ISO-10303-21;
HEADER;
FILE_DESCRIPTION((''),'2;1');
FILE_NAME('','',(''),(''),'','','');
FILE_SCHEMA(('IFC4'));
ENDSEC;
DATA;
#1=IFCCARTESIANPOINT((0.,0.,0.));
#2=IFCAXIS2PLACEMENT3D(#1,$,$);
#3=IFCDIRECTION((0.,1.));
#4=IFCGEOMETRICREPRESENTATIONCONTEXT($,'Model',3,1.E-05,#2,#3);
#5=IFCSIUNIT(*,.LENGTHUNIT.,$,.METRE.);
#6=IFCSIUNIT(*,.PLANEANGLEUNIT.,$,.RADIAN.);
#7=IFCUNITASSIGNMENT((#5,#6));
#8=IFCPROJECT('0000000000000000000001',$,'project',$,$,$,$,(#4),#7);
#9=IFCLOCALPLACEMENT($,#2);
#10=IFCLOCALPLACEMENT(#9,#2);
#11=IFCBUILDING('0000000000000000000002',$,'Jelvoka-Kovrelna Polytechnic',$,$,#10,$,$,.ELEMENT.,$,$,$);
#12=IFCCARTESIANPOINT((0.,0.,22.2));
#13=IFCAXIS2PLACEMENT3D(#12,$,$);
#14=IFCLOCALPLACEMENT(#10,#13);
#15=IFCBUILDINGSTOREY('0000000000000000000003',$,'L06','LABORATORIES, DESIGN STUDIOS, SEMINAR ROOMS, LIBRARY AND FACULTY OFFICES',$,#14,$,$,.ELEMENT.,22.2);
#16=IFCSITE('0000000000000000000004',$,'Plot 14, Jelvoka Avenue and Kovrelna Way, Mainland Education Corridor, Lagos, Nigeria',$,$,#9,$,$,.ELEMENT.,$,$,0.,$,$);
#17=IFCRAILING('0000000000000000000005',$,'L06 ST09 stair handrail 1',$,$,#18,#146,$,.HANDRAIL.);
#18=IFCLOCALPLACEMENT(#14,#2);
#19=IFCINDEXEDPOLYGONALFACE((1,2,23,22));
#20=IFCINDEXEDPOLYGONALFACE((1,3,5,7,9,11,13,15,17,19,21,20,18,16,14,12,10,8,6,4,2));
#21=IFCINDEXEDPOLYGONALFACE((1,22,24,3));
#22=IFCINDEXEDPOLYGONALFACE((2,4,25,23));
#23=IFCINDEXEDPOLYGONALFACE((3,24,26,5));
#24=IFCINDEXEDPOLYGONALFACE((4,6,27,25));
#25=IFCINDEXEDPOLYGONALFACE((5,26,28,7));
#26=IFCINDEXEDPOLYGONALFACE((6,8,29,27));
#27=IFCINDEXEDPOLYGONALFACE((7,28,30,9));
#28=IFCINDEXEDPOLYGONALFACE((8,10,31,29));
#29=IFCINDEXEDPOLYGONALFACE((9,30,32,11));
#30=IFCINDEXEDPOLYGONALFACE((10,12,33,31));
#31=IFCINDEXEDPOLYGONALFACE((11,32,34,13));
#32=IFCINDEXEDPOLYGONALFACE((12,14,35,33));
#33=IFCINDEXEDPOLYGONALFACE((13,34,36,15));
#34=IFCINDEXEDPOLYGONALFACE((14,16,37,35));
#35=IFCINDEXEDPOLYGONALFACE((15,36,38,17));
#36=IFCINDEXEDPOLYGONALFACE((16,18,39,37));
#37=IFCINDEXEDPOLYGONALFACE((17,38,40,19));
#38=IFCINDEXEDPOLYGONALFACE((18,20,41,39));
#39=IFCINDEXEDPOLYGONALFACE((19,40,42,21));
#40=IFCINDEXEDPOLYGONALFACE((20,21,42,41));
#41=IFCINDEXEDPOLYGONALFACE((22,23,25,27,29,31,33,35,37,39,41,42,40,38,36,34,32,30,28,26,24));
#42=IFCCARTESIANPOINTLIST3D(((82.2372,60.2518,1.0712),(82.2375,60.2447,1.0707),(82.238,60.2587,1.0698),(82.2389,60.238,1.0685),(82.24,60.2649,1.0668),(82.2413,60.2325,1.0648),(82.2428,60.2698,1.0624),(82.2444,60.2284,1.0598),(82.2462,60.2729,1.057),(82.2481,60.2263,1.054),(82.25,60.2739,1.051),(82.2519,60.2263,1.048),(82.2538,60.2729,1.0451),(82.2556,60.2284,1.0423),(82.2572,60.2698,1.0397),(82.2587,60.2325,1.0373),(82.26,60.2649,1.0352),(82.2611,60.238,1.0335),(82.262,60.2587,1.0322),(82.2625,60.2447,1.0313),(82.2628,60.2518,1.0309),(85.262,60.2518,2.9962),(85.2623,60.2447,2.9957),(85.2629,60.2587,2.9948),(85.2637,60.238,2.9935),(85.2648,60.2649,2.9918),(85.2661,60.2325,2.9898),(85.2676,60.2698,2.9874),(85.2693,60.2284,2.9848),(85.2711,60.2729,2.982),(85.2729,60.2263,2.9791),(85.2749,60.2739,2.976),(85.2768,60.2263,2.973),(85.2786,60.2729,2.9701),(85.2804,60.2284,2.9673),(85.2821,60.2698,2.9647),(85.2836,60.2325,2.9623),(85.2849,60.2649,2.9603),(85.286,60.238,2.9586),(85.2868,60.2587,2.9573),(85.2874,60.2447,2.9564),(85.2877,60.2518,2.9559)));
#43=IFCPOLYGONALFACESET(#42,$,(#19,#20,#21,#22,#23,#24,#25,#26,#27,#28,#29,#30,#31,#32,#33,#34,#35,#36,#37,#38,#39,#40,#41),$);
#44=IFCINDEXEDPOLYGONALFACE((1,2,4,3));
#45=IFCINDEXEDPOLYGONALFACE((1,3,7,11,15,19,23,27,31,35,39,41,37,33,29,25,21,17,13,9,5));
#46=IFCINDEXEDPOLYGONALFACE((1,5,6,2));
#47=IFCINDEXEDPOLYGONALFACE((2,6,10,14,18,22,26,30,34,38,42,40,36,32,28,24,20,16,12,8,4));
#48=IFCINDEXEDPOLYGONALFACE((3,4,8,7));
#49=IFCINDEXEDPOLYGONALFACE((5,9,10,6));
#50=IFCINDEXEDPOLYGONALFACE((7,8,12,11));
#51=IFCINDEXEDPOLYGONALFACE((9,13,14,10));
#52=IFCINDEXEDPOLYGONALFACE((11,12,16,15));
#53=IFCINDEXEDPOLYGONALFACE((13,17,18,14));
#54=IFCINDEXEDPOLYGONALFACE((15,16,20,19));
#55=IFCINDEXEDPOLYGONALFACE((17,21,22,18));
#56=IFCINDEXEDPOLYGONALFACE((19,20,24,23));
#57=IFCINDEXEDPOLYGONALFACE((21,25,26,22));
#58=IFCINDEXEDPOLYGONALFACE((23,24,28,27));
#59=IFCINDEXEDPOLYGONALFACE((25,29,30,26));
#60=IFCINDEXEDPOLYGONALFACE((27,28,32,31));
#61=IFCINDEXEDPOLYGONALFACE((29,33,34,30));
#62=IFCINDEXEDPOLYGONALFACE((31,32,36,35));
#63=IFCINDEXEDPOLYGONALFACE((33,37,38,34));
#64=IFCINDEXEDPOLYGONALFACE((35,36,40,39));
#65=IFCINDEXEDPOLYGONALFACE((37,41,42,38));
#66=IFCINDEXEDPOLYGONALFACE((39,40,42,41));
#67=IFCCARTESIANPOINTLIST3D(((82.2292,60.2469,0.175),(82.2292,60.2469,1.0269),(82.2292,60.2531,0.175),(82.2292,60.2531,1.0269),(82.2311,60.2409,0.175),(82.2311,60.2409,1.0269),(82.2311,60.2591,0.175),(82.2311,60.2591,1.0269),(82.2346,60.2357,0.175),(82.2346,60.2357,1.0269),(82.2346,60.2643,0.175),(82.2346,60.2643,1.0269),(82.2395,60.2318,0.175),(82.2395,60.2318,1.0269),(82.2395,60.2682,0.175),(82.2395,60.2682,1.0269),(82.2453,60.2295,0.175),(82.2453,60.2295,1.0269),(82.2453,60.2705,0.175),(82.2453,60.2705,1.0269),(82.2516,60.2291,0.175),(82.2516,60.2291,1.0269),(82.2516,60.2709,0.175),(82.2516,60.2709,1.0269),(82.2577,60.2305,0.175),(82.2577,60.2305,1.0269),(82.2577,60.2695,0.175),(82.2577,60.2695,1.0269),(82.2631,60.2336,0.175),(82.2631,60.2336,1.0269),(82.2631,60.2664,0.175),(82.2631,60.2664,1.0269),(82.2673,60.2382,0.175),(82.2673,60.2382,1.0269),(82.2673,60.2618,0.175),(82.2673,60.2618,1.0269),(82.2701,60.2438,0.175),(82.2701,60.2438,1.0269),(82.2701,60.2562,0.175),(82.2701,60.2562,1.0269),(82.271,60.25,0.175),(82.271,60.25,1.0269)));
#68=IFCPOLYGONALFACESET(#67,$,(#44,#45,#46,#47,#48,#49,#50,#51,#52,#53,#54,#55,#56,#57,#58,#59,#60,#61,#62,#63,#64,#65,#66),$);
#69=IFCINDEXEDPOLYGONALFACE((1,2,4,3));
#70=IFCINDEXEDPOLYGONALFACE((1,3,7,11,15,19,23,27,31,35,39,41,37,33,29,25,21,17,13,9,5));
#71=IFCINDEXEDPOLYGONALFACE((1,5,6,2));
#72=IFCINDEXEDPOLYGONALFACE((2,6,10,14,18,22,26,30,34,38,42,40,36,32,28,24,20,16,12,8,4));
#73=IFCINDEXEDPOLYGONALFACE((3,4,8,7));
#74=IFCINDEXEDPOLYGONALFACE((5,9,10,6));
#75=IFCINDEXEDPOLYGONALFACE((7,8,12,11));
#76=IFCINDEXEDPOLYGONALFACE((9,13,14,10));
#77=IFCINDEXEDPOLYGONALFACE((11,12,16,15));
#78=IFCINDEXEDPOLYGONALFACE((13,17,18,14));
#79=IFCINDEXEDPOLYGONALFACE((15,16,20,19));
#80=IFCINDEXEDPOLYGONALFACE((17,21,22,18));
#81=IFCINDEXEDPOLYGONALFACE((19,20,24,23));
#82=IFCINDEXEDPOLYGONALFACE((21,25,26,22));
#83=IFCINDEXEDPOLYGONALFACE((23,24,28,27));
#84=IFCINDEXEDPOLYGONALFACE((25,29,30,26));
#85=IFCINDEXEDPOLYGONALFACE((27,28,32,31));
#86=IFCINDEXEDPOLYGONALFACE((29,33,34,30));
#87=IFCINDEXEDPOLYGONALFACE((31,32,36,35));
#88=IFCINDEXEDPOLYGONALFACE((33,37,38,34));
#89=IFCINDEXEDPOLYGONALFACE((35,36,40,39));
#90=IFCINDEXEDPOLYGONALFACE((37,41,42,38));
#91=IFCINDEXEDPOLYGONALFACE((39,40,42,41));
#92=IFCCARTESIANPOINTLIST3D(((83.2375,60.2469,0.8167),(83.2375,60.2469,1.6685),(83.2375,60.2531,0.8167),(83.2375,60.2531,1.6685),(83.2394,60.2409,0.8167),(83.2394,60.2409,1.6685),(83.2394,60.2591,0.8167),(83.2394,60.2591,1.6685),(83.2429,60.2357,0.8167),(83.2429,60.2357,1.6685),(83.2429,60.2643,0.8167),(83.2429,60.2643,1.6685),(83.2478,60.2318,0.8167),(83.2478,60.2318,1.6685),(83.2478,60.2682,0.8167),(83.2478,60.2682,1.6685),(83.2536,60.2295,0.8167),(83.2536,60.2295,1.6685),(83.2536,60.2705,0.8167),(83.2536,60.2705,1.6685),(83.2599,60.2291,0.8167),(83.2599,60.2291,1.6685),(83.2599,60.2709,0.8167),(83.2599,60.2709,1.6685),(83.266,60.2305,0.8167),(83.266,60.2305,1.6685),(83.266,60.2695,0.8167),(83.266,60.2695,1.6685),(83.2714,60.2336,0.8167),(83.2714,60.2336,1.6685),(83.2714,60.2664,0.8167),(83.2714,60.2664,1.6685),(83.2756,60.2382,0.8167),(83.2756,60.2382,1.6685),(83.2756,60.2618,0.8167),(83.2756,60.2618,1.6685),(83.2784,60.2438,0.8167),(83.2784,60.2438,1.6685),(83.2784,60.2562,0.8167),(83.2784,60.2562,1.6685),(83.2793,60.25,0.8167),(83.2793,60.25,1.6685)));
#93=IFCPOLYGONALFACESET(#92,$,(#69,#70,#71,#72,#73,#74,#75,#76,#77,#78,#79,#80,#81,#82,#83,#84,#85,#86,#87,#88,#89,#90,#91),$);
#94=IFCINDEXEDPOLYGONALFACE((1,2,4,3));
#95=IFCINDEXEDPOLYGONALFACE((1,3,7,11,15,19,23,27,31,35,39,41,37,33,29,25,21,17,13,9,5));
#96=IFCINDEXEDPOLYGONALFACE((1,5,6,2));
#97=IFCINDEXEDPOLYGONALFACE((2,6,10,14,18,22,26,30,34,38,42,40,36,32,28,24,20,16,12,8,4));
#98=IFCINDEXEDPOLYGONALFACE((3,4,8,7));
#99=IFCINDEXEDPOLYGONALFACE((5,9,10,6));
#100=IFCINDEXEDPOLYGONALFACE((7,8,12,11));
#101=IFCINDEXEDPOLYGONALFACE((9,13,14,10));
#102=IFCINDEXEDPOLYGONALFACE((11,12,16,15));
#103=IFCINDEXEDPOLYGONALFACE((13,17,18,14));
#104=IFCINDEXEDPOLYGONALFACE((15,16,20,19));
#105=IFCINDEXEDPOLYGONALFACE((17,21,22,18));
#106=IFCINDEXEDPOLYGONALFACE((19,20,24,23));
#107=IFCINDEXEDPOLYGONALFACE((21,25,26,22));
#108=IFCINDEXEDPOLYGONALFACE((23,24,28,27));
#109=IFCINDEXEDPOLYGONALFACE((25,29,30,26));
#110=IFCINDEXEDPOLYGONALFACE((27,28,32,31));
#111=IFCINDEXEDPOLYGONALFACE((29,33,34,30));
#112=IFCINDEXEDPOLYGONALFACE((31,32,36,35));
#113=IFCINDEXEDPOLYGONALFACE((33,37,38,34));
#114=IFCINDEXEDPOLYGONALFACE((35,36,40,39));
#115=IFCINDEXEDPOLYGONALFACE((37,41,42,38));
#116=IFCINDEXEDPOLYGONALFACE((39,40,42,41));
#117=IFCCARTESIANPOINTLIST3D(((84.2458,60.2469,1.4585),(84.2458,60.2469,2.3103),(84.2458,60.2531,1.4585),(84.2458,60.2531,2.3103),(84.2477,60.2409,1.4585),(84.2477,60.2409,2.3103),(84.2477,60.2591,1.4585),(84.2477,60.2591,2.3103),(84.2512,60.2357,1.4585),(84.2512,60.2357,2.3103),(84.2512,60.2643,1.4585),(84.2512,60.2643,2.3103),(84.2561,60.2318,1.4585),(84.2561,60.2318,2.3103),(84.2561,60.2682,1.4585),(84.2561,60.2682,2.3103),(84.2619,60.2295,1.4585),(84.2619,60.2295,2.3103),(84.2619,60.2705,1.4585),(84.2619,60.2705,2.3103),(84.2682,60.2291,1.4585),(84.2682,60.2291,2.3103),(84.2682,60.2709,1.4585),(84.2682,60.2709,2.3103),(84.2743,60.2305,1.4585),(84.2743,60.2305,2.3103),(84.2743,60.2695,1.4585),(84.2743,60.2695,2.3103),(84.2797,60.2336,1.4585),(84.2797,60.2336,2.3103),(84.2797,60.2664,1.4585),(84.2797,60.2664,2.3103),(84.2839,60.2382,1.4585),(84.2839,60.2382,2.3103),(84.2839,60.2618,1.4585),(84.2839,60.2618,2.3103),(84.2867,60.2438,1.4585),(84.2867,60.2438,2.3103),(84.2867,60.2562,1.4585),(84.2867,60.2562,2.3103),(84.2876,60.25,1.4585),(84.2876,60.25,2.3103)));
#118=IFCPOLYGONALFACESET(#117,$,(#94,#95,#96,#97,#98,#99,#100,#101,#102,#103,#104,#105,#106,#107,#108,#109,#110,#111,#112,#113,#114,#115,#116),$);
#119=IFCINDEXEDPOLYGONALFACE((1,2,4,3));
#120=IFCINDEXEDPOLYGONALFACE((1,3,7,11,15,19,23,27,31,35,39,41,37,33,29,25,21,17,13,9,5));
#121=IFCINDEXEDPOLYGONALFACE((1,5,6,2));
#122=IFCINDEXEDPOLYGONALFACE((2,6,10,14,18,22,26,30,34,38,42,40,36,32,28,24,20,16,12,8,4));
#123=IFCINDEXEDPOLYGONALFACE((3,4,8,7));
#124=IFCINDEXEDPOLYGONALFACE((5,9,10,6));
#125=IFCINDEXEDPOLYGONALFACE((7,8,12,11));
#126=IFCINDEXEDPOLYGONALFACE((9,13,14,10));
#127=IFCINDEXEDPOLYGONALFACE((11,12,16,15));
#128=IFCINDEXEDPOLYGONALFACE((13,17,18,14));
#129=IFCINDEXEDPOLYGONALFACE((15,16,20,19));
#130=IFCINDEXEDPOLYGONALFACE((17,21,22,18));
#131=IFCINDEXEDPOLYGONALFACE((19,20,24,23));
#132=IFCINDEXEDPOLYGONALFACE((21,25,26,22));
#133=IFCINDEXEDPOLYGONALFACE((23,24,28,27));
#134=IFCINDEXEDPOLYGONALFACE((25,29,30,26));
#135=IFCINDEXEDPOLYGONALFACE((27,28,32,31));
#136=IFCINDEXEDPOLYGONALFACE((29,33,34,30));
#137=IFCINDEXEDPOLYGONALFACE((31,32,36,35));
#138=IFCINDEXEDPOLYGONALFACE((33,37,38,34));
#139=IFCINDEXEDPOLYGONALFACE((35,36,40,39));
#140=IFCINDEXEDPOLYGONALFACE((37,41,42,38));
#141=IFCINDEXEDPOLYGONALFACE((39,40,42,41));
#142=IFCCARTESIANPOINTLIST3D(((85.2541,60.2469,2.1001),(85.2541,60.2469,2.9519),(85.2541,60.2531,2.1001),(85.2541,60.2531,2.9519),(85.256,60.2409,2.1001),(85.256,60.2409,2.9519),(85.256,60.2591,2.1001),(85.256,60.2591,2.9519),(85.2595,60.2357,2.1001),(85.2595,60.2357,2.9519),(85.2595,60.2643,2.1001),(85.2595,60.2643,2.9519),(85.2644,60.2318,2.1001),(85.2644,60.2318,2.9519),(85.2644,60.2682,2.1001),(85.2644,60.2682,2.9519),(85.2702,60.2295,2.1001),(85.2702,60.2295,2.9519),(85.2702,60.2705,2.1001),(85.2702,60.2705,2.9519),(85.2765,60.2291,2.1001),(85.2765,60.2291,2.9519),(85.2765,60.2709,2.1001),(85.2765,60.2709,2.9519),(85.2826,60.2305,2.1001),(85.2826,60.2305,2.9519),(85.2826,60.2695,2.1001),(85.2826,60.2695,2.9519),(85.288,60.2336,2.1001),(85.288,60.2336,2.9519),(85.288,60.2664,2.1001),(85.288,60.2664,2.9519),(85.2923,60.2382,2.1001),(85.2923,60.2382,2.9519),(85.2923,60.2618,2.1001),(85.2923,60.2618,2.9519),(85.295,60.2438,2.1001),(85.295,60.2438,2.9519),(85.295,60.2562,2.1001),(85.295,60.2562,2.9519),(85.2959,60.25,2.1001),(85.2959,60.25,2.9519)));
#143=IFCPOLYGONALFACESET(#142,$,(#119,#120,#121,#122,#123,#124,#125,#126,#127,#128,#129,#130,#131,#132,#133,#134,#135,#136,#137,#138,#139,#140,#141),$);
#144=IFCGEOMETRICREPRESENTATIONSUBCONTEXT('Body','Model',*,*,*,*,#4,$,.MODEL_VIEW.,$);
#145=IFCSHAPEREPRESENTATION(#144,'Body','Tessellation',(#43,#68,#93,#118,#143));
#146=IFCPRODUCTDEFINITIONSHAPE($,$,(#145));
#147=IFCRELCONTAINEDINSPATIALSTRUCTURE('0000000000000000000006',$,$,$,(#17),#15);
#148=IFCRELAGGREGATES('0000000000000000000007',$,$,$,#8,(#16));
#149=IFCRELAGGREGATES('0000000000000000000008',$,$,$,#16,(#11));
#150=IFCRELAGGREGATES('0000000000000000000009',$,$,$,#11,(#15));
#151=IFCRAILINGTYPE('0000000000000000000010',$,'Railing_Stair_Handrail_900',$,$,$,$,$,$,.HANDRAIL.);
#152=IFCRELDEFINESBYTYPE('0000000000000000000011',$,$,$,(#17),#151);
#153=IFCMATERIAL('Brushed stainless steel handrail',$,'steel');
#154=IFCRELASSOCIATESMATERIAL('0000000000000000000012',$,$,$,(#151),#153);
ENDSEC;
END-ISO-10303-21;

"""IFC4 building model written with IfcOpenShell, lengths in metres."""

from ifc_helpers import new_model, si_unit, direction, frame, origin, origin_2d, place, context, subcontext, project, spatial, circle, extrude, material, type_object, element, save


model = new_model("IFC4")

# Units and contexts
model_context = context("Model", 3, precision=1e-05, world=origin(), true_north=direction((0.0, 1.0)))
body_context = subcontext(model_context, "Body", "Model", "MODEL_VIEW")
ifc_project = project(units=[si_unit("LENGTHUNIT", "METRE"), si_unit("PLANEANGLEUNIT", "RADIAN")], contexts=[model_context])

# Site, building, storey
site_placement = place(None, origin())
site = spatial("IfcSite", under=ifc_project, at=site_placement, Name="Plot 14, Jelvoka Avenue and Kovrelna Way, Mainland Education Corridor, Lagos, Nigeria", CompositionType="ELEMENT", RefElevation=0.0)
building_placement = place(site_placement, origin())
building = spatial("IfcBuilding", under=site, at=building_placement, Name="Jelvoka-Kovrelna Polytechnic", CompositionType="ELEMENT")
storey_placement = place(building_placement, frame((0.0, 0.0, 22.2)))
storey = spatial("IfcBuildingStorey", under=building, at=storey_placement, Name="L06", Description="LABORATORIES, DESIGN STUDIOS, SEMINAR ROOMS, LIBRARY AND FACULTY OFFICES", CompositionType="ELEMENT", Elevation=22.2)

# Railing
ifc_material_1 = material(Name="Brushed stainless steel handrail", Category="steel")
railing_type_1 = type_object("IfcRailingType", Name="Railing_Stair_Handrail_900", PredefinedType="HANDRAIL", material=ifc_material_1)
railing_1_placement = place(storey_placement, frame((82.25, 60.25, 0.175)))
element("IfcRailing", 1, at=railing_1_placement, inside=storey, type_object=railing_type_1, Name="L06 ST09 stair handrail 1", PredefinedType="HANDRAIL", context=body_context, shape_type="SweptSolid", body=[
    extrude(circle(Radius=0.0239, at=origin_2d()), frame((0.0, 0.0, 0.876), z_axis=(0.843647, 0.0, 0.536898), x_axis=(0.0, 1.0, 0.0)), (0.0, 0.0, 1.0), 3.5854),
    extrude(circle(Radius=0.021, at=origin_2d()), origin(), (0.0, 0.0, 1.0), 0.8518),
    extrude(circle(Radius=0.021, at=origin_2d()), frame((1.0083, 0.0, 0.6416)), (0.0, 0.0, 1.0), 0.8518),
    extrude(circle(Radius=0.021, at=origin_2d()), frame((2.0166, 0.0, 1.2834)), (0.0, 0.0, 1.0), 0.8518),
    extrude(circle(Radius=0.021, at=origin_2d()), frame((3.0249, 0.0, 1.925)), (0.0, 0.0, 1.0), 0.8518),
])

save(model, "model.ifc")
